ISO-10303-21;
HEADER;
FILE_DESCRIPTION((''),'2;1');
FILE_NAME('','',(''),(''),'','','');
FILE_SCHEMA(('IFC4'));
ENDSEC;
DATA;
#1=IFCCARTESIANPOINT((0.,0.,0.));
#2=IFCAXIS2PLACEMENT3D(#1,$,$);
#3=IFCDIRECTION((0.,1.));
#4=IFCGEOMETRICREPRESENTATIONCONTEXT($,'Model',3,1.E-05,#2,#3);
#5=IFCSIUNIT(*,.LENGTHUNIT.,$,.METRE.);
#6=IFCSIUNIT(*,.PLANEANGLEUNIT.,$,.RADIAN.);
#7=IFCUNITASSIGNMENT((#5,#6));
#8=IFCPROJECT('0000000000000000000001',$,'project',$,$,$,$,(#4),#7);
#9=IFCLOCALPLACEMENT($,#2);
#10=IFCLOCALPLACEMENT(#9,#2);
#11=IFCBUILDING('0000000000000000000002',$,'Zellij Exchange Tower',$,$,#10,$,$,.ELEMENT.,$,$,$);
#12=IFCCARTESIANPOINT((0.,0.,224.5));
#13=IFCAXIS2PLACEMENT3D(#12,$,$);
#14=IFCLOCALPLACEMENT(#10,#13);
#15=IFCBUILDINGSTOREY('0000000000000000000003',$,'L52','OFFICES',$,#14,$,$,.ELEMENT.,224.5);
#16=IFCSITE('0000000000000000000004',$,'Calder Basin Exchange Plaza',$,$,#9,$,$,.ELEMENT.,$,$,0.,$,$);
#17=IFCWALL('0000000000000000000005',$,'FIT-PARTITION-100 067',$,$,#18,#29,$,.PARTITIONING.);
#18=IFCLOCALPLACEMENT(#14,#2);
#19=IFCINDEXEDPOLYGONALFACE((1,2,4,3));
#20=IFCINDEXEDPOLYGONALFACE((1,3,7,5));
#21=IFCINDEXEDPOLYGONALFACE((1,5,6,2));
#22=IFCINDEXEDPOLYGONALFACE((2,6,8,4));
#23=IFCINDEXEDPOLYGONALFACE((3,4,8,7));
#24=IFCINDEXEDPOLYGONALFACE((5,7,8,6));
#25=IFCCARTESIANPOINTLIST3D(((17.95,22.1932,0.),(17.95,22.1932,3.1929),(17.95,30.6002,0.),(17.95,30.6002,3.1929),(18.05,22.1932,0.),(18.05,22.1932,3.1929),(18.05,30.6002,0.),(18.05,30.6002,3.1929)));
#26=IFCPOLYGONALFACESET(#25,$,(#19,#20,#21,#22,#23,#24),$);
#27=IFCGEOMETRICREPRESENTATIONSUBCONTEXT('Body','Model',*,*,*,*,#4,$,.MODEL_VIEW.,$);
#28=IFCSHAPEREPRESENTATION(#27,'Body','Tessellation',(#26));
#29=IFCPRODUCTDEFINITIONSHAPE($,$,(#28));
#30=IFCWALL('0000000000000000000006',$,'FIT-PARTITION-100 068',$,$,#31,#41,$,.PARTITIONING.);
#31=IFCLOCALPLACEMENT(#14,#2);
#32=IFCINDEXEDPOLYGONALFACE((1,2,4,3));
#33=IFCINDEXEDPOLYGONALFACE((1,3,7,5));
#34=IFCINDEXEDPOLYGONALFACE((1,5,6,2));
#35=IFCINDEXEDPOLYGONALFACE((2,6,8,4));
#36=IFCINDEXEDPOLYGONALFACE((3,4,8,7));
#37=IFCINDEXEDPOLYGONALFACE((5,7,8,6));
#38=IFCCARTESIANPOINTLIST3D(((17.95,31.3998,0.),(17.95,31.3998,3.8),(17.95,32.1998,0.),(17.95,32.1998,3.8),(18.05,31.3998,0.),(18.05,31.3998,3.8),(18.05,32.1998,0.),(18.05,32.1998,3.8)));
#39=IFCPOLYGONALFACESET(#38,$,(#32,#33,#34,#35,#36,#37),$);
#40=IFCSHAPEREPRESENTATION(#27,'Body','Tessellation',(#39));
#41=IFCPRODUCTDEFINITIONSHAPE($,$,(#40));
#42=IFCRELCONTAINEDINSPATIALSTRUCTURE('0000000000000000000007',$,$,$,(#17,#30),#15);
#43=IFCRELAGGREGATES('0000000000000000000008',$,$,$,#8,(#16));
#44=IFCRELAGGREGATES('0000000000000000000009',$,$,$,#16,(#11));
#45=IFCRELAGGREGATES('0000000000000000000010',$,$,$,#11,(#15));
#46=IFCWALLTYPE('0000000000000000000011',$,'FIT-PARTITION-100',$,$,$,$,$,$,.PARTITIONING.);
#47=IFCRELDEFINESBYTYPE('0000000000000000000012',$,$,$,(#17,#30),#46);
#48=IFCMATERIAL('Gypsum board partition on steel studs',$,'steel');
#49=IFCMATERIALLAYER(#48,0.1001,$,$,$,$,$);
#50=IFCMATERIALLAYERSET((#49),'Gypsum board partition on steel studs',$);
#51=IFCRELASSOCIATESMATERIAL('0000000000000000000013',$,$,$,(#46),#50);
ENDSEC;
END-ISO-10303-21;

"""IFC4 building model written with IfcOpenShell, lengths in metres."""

from ifc_helpers import new_model, si_unit, direction, frame, frame_2d, origin, place, context, subcontext, project, spatial, rectangle, extrude, material, layer, layer_set, type_object, element, save


model = new_model("IFC4")

# Units and contexts
model_context = context("Model", 3, precision=1e-05, world=origin(), true_north=direction((0.0, 1.0)))
body_context = subcontext(model_context, "Body", "Model", "MODEL_VIEW")
ifc_project = project(units=[si_unit("LENGTHUNIT", "METRE"), si_unit("PLANEANGLEUNIT", "RADIAN")], contexts=[model_context])

# Site, building, storey
site_placement = place(None, origin())
site = spatial("IfcSite", under=ifc_project, at=site_placement, Name="Calder Basin Exchange Plaza", CompositionType="ELEMENT", RefElevation=0.0)
building_placement = place(site_placement, origin())
building = spatial("IfcBuilding", under=site, at=building_placement, Name="Zellij Exchange Tower", CompositionType="ELEMENT")
storey_placement = place(building_placement, frame((0.0, 0.0, 224.5)))
storey = spatial("IfcBuildingStorey", under=building, at=storey_placement, Name="L52", Description="OFFICES", CompositionType="ELEMENT", Elevation=224.5)

# Walls
ifc_material_1 = material(Name="Gypsum board partition on steel studs", Category="steel")
ifc_layer = layer(ifc_material_1, 0.1001)
ifc_layer_set = layer_set([ifc_layer], Name="Gypsum board partition on steel studs")
wall_type = type_object("IfcWallType", Name="FIT-PARTITION-100", PredefinedType="PARTITIONING", material=ifc_layer_set)
wall_1_placement = place(storey_placement, frame((18.0, 22.1931, 0.0), z_axis=(0.0, 0.0, 1.0), x_axis=(0.0, 1.0, 0.0)))
element("IfcWall", 1, at=wall_1_placement, inside=storey, type_object=wall_type, Name="FIT-PARTITION-100 067", PredefinedType="PARTITIONING", context=body_context, shape_type="SweptSolid", body=[
    extrude(rectangle(XDim=8.407, YDim=0.1001, at=frame_2d((4.2036, 0.0))), origin(), (0.0, 0.0, 1.0), 3.1929),
])
wall_2_placement = place(storey_placement, frame((18.0, 31.3999, 0.0), z_axis=(0.0, 0.0, 1.0), x_axis=(0.0, 1.0, 0.0)))
element("IfcWall", 2, at=wall_2_placement, inside=storey, type_object=wall_type, Name="FIT-PARTITION-100 068", PredefinedType="PARTITIONING", context=body_context, shape_type="SweptSolid", body=[
    extrude(rectangle(XDim=0.8, YDim=0.1001, at=frame_2d((0.3999, 0.0))), origin(), (0.0, 0.0, 1.0), 3.8),
])

save(model, "model.ifc")
